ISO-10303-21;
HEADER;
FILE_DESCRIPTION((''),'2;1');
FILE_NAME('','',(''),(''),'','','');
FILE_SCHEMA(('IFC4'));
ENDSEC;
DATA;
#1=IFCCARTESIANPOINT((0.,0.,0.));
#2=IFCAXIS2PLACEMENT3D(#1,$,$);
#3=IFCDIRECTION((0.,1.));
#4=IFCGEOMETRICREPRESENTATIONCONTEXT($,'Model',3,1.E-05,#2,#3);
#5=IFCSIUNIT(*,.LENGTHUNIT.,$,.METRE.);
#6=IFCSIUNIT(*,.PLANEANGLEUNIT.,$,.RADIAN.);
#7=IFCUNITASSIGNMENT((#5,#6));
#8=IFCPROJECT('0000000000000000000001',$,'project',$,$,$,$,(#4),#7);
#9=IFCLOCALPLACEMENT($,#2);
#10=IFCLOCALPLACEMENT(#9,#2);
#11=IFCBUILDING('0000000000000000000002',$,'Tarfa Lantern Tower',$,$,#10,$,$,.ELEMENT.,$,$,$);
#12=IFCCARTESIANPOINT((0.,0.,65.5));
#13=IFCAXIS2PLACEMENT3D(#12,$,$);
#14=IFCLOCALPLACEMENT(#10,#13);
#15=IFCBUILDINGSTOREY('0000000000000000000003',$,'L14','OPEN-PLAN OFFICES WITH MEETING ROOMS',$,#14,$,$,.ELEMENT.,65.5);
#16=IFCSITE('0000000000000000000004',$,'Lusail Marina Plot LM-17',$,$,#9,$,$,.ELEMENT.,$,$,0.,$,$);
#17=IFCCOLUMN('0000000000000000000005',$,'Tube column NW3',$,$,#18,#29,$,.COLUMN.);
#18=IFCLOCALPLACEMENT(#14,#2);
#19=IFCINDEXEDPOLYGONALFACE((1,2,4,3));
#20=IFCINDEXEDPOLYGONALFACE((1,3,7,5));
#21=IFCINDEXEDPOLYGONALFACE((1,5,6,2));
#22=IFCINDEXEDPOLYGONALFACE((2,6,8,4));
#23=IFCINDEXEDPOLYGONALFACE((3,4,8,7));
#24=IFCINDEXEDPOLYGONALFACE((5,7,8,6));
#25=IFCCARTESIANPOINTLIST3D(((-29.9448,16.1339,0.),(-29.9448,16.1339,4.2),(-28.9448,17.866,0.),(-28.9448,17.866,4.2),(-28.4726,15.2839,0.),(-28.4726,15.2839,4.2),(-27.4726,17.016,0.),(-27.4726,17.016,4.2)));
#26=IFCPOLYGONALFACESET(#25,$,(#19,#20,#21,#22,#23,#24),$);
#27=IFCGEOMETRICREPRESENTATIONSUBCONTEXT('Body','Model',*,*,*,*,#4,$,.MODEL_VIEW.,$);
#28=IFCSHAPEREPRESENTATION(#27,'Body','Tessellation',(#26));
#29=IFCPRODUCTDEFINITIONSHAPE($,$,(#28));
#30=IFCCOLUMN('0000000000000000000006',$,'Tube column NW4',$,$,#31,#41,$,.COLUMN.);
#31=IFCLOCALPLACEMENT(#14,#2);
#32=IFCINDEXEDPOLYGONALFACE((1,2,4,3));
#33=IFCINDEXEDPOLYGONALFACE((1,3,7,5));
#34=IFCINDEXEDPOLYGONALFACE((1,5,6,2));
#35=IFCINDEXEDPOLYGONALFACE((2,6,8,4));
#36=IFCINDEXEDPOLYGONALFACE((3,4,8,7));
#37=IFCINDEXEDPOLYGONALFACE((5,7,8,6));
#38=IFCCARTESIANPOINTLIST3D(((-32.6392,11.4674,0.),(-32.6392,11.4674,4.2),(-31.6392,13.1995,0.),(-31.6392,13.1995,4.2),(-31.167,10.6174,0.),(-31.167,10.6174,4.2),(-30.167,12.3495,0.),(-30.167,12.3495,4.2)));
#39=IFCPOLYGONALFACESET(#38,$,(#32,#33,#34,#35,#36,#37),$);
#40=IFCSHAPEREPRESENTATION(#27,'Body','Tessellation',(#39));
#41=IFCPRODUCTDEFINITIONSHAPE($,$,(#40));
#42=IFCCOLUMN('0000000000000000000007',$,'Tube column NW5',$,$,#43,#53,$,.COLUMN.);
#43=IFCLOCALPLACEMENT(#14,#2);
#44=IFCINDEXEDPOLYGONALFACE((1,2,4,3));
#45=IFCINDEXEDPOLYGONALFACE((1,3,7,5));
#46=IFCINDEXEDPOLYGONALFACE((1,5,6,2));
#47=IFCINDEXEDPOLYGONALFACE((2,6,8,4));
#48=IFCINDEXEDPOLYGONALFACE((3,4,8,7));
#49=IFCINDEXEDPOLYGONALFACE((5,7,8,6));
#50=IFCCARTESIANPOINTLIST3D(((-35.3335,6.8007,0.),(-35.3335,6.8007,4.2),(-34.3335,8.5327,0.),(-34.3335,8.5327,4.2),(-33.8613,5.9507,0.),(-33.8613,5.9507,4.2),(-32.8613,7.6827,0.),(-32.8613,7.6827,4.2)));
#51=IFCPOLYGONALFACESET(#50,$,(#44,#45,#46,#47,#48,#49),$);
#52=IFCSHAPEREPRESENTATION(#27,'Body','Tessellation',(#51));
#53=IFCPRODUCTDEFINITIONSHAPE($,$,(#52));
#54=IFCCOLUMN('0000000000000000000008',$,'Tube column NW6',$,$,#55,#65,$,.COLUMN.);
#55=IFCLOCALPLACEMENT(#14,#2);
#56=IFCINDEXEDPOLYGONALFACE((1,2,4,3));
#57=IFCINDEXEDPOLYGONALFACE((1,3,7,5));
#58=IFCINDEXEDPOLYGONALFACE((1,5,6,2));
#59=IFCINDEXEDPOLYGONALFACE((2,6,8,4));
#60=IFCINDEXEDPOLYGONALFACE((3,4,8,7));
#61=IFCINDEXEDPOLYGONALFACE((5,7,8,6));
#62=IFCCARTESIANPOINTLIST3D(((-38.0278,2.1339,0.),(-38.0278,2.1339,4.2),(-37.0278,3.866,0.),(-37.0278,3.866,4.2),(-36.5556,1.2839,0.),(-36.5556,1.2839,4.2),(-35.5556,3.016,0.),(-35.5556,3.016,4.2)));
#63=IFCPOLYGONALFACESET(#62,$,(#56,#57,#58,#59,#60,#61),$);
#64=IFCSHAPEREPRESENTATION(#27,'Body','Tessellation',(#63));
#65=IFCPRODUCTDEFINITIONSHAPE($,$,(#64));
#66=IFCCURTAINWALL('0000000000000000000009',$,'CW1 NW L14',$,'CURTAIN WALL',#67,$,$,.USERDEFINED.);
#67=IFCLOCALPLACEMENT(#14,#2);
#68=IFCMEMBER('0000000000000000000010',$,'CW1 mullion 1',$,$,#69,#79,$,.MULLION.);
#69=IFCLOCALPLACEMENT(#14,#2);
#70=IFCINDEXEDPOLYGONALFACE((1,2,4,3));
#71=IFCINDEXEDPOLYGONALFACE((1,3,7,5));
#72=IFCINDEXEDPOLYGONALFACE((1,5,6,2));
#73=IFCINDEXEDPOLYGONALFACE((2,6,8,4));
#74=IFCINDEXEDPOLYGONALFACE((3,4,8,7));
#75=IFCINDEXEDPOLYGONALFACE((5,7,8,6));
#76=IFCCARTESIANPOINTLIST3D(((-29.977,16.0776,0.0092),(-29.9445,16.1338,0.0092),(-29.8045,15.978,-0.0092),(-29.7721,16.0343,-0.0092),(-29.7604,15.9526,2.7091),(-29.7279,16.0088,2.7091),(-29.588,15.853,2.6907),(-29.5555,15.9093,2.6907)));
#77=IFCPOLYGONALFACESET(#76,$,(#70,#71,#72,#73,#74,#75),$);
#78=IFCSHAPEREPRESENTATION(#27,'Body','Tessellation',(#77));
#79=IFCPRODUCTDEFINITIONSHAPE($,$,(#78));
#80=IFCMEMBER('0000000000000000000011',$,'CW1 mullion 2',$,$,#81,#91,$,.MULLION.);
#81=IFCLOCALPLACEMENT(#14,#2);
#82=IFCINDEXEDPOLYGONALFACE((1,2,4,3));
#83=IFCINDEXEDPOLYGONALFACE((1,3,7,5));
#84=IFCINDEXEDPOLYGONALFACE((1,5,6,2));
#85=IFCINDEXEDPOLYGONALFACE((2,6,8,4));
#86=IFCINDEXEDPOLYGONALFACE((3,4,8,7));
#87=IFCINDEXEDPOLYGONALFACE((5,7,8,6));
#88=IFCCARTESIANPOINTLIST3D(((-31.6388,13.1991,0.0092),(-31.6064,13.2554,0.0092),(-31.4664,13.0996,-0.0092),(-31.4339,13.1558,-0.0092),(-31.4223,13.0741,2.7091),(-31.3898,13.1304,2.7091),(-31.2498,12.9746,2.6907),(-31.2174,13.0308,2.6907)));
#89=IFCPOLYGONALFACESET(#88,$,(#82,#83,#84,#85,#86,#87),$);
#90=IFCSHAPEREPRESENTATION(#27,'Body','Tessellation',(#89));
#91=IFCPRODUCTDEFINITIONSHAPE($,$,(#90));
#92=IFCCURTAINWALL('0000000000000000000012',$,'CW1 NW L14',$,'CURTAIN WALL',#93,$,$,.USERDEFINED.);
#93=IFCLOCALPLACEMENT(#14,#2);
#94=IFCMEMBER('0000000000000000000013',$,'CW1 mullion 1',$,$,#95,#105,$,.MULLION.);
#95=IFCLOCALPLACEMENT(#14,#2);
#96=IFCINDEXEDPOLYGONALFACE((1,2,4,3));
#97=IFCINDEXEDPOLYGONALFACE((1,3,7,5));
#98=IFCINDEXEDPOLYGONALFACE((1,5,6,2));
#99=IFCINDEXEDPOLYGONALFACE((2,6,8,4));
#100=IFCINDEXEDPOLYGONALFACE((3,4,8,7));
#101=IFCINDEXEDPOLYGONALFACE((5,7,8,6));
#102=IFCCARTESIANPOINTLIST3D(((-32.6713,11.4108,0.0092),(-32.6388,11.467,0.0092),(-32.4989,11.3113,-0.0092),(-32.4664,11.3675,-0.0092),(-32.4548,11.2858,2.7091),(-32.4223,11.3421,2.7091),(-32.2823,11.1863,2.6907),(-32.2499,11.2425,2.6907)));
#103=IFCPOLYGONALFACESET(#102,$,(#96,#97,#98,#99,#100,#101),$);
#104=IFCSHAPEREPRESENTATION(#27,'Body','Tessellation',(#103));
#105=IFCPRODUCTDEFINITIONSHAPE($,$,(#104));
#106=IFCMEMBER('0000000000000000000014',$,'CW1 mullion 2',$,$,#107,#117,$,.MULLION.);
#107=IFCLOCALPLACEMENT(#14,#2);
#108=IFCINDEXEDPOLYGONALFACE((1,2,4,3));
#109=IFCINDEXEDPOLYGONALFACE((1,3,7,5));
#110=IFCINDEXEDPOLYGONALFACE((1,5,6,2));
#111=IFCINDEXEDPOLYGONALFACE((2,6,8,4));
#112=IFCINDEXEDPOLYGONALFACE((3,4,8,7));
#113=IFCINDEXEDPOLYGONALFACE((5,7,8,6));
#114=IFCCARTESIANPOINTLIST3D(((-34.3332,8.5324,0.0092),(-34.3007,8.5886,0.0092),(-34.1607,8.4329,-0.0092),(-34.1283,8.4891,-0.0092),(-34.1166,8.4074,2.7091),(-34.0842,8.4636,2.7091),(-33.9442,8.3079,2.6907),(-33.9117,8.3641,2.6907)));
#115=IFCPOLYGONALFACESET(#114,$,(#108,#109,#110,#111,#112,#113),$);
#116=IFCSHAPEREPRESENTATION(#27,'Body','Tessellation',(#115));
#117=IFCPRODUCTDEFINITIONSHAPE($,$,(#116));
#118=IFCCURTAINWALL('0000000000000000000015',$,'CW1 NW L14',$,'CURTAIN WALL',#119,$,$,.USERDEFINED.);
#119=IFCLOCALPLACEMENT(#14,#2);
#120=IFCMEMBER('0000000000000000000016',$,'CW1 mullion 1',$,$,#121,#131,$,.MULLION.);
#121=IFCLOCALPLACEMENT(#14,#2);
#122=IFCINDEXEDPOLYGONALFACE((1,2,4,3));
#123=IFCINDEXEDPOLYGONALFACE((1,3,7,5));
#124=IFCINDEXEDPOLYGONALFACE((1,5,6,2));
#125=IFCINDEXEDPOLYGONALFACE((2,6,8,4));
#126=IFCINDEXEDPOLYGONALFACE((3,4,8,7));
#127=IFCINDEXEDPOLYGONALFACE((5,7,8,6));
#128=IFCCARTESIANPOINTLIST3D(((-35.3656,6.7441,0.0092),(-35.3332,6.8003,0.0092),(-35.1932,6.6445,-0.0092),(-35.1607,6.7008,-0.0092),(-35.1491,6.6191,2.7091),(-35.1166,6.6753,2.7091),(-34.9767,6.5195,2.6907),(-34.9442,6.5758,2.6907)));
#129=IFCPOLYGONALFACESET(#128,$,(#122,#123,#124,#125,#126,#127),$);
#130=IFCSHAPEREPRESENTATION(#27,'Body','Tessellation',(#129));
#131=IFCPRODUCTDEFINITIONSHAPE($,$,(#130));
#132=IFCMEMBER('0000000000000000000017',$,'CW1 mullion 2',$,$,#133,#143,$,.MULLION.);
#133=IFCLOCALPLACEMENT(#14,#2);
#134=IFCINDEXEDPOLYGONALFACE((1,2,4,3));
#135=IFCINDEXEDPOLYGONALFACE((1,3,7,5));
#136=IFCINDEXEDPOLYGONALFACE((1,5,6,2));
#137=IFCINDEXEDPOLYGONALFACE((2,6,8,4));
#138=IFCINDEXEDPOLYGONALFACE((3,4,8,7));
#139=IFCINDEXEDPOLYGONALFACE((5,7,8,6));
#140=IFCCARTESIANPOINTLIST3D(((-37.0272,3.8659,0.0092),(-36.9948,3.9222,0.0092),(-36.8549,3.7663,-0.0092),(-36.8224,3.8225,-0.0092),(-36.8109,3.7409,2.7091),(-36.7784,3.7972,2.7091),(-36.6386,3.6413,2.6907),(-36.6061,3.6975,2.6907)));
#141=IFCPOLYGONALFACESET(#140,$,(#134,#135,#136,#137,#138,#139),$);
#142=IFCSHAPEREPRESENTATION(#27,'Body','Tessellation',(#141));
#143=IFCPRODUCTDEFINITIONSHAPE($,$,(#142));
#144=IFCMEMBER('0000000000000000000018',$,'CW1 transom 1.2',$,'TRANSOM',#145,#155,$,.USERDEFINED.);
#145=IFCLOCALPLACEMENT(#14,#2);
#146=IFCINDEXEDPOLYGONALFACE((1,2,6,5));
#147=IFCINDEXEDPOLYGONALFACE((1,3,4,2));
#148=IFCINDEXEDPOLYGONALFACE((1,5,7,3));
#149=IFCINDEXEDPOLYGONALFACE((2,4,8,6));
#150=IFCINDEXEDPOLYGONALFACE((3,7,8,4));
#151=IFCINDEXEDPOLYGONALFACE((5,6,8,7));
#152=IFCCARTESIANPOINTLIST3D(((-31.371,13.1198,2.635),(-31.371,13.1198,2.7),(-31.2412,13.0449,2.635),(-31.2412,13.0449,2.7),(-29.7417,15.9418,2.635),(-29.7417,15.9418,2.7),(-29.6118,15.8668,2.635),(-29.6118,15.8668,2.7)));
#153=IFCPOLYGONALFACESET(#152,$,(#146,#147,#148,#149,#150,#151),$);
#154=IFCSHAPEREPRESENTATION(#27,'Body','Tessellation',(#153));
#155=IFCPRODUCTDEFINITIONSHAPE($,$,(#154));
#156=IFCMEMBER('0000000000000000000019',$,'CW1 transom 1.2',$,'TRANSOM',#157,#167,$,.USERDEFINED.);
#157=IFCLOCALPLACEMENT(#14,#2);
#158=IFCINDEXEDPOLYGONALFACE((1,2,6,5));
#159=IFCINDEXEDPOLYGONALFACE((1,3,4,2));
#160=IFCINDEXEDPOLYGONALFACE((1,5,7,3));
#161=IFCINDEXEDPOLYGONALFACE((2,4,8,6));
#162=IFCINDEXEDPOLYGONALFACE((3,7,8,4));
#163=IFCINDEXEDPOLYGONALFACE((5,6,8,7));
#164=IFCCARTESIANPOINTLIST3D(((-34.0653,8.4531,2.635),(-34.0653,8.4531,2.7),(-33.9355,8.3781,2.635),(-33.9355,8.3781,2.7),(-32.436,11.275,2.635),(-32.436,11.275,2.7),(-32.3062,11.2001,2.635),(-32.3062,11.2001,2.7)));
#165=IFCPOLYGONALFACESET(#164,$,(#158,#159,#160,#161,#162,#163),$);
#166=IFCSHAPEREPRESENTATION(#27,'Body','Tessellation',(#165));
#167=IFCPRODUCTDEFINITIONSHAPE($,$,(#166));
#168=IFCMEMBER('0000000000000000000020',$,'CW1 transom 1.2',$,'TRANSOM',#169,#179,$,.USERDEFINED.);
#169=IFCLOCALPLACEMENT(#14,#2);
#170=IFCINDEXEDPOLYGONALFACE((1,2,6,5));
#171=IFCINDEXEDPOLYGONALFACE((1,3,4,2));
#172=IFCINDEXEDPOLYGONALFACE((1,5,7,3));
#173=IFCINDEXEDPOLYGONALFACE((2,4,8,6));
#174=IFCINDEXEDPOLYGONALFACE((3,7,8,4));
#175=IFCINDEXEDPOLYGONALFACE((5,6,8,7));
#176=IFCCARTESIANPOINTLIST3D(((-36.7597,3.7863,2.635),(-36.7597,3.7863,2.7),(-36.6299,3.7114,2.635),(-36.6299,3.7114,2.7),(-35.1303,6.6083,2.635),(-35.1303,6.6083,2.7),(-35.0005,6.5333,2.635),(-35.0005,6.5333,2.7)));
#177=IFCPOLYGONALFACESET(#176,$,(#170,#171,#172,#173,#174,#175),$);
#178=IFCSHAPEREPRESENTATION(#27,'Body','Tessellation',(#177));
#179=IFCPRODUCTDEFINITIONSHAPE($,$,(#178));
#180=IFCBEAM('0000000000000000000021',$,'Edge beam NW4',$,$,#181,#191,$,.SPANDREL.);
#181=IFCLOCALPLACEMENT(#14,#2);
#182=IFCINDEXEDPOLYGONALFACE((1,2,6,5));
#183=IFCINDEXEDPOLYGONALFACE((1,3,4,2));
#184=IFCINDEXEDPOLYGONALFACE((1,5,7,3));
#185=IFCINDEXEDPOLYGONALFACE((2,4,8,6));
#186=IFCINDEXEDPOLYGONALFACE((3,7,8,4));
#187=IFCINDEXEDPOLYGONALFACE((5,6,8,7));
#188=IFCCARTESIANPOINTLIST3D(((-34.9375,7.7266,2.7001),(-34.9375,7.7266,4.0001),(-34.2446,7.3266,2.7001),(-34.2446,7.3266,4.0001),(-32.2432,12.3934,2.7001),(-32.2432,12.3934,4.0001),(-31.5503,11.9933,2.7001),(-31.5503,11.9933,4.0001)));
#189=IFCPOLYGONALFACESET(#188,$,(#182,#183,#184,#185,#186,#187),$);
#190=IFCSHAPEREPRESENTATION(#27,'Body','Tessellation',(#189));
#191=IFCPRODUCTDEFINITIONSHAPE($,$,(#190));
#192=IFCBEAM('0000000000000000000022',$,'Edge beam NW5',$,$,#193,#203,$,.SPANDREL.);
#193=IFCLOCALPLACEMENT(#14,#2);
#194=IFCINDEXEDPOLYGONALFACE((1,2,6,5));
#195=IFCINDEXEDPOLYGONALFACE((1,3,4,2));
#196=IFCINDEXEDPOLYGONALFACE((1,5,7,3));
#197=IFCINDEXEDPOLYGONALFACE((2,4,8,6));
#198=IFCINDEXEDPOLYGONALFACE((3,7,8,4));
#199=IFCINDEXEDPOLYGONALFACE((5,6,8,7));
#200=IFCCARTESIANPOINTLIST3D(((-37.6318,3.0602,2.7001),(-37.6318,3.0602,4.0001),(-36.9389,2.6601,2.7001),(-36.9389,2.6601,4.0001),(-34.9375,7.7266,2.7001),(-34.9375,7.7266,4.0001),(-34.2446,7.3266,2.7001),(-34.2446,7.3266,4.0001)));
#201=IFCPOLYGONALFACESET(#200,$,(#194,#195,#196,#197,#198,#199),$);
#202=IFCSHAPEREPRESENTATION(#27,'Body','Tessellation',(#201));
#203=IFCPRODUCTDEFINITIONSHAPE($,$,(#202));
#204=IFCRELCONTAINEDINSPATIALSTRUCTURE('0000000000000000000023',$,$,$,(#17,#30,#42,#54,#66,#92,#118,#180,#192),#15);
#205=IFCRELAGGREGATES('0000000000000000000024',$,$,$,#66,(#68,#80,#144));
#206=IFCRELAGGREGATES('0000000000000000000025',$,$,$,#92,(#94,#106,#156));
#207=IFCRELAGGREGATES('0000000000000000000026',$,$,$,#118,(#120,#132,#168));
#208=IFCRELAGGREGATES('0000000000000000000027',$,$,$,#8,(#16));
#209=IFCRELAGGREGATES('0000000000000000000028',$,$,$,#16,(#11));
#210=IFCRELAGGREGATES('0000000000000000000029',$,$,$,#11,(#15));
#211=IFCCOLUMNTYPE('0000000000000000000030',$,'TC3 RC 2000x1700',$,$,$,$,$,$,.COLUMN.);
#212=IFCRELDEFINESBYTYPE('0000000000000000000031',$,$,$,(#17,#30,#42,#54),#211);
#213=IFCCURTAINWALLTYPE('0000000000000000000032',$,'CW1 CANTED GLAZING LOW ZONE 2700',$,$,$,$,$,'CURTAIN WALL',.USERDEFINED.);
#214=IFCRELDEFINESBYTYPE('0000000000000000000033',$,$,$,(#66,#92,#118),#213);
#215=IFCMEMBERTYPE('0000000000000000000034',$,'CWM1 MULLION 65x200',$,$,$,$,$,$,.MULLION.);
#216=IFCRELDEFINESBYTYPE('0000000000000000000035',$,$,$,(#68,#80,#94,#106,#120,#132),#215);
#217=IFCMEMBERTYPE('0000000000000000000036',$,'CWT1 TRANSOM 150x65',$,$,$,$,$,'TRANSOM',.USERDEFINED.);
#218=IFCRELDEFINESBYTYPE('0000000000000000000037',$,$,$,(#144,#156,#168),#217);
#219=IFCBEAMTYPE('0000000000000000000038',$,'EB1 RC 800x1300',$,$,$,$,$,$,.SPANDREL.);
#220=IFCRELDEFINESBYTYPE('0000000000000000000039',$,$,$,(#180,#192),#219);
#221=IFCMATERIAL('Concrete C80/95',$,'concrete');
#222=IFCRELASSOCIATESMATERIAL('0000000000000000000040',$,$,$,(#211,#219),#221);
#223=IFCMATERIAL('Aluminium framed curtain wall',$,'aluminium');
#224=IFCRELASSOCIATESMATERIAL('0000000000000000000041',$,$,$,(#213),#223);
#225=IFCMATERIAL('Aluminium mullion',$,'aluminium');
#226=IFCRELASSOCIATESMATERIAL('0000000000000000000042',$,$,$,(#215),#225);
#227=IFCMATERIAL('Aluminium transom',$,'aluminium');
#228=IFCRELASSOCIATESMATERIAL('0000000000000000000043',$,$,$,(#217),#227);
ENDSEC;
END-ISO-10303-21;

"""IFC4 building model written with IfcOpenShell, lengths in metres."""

from ifc_helpers import new_model, si_unit, direction, frame, origin, origin_2d, place, context, subcontext, project, spatial, rectangle, extrude, material, material_profile, profile_set, type_object, element, aggregate, save


model = new_model("IFC4")

# Units and contexts
model_context = context("Model", 3, precision=1e-05, world=origin(), true_north=direction((0.0, 1.0)))
body_context = subcontext(model_context, "Body", "Model", "MODEL_VIEW")
ifc_project = project(units=[si_unit("LENGTHUNIT", "METRE"), si_unit("PLANEANGLEUNIT", "RADIAN")], contexts=[model_context])

# Site, building, storey
site_placement = place(None, origin())
site = spatial("IfcSite", under=ifc_project, at=site_placement, Name="Lusail Marina Plot LM-17", CompositionType="ELEMENT", RefElevation=0.0)
building_placement = place(site_placement, origin())
building = spatial("IfcBuilding", under=site, at=building_placement, Name="Tarfa Lantern Tower", CompositionType="ELEMENT")
storey_placement = place(building_placement, frame((0.0, 0.0, 65.5)))
storey = spatial("IfcBuildingStorey", under=building, at=storey_placement, Name="L14", Description="OPEN-PLAN OFFICES WITH MEETING ROOMS", CompositionType="ELEMENT", Elevation=65.5)

# Columns
ifc_material_1 = material(Name="Concrete C80/95", Category="concrete")
ifc_material_profile_1 = material_profile(ifc_material_1, rectangle(XDim=2.0, YDim=1.7, at=origin_2d()), Name="RC 2000x1700")
ifc_profile_set_1 = profile_set([ifc_material_profile_1], Name="Concrete C80/95")
column_type = type_object("IfcColumnType", Name="TC3 RC 2000x1700", PredefinedType="COLUMN", material=ifc_profile_set_1)
for number, where, z_axis, x_axis, name in (
    (1, (-28.7087, 16.575, 0.0), (0.0, 0.0, 1.0), (-0.5, -0.866025, 0.0), "Tube column NW3"),
    (2, (-31.4031, 11.9084, 0.0), (0.0, 0.0, 1.0), (-0.5, -0.866025, 0.0), "Tube column NW4"),
    (3, (-34.0974, 7.2417, 0.0), (0.0, 0.0, 1.0), (-0.5, -0.866025, 0.0), "Tube column NW5"),
    (4, (-36.7917, 2.575, 0.0), (0.0, 0.0, 1.0), (-0.5, -0.866025, 0.0), "Tube column NW6"),
):
    element("IfcColumn", number, at=place(storey_placement, frame(where, z_axis=z_axis, x_axis=x_axis)), inside=storey, type_object=column_type, Name=name, PredefinedType="COLUMN", context=body_context, shape_type="SweptSolid", body=[
        extrude(rectangle(XDim=2.0, YDim=1.7, at=origin_2d()), origin(), (0.0, 0.0, 1.0), 4.2),
    ])

# Curtain walls, members
ifc_material_2 = material(Name="Aluminium framed curtain wall", Category="aluminium")
curtain_wall_type = type_object("IfcCurtainWallType", Name="CW1 CANTED GLAZING LOW ZONE 2700", ElementType="CURTAIN WALL", PredefinedType="USERDEFINED", material=ifc_material_2)
curtain_wall_1_placement = place(storey_placement, origin())
curtain_wall_1 = element("IfcCurtainWall", 5, at=curtain_wall_1_placement, inside=storey, type_object=curtain_wall_type, Name="CW1 NW L14", ObjectType="CURTAIN WALL", PredefinedType="USERDEFINED")
ifc_material_3 = material(Name="Aluminium mullion", Category="aluminium")
ifc_material_profile_2 = material_profile(ifc_material_3, rectangle(XDim=0.0649, YDim=0.2, at=origin_2d()), Name="AL MULLION 65x200")
ifc_profile_set_2 = profile_set([ifc_material_profile_2], Name="Aluminium mullion")
member_type_1 = type_object("IfcMemberType", Name="CWM1 MULLION 65x200", PredefinedType="MULLION", material=ifc_profile_set_2)
member_1_placement = place(storey_placement, frame((-29.8745, 16.0559, 0.0), z_axis=(0.079864, -0.0461, 0.995739), x_axis=(0.49992, 0.866072, 0.0)))
member_1 = element("IfcMember", 6, at=member_1_placement, type_object=member_type_1, Name="CW1 mullion 1", PredefinedType="MULLION", context=body_context, shape_type="SweptSolid", body=[
    extrude(rectangle(XDim=0.0649, YDim=0.2, at=origin_2d()), origin(), (0.0, 0.0, 1.0), 2.7114),
])
member_2_placement = place(storey_placement, frame((-31.5364, 13.1775, 0.0), z_axis=(0.079864, -0.0461, 0.995739), x_axis=(0.49992, 0.866072, 0.0)))
member_2 = element("IfcMember", 7, at=member_2_placement, type_object=member_type_1, Name="CW1 mullion 2", PredefinedType="MULLION", context=body_context, shape_type="SweptSolid", body=[
    extrude(rectangle(XDim=0.0649, YDim=0.2, at=origin_2d()), origin(), (0.0, 0.0, 1.0), 2.7114),
])
curtain_wall_2_placement = place(storey_placement, origin())
curtain_wall_2 = element("IfcCurtainWall", 8, at=curtain_wall_2_placement, inside=storey, type_object=curtain_wall_type, Name="CW1 NW L14", ObjectType="CURTAIN WALL", PredefinedType="USERDEFINED")
member_3_placement = place(storey_placement, frame((-32.5688, 11.3892, 0.0), z_axis=(0.079864, -0.0461, 0.995739), x_axis=(0.49992, 0.866072, 0.0)))
member_3 = element("IfcMember", 9, at=member_3_placement, type_object=member_type_1, Name="CW1 mullion 1", PredefinedType="MULLION", context=body_context, shape_type="SweptSolid", body=[
    extrude(rectangle(XDim=0.0649, YDim=0.2, at=origin_2d()), origin(), (0.0, 0.0, 1.0), 2.7114),
])
member_4_placement = place(storey_placement, frame((-34.2307, 8.5107, 0.0), z_axis=(0.079864, -0.0461, 0.995739), x_axis=(0.49992, 0.866072, 0.0)))
member_4 = element("IfcMember", 10, at=member_4_placement, type_object=member_type_1, Name="CW1 mullion 2", PredefinedType="MULLION", context=body_context, shape_type="SweptSolid", body=[
    extrude(rectangle(XDim=0.0649, YDim=0.2, at=origin_2d()), origin(), (0.0, 0.0, 1.0), 2.7114),
])
curtain_wall_3_placement = place(storey_placement, origin())
curtain_wall_3 = element("IfcCurtainWall", 11, at=curtain_wall_3_placement, inside=storey, type_object=curtain_wall_type, Name="CW1 NW L14", ObjectType="CURTAIN WALL", PredefinedType="USERDEFINED")
member_5_placement = place(storey_placement, frame((-35.2632, 6.7224, 0.0), z_axis=(0.079864, -0.0461, 0.995739), x_axis=(0.49992, 0.866072, 0.0)))
member_5 = element("IfcMember", 12, at=member_5_placement, type_object=member_type_1, Name="CW1 mullion 1", PredefinedType="MULLION", context=body_context, shape_type="SweptSolid", body=[
    extrude(rectangle(XDim=0.0649, YDim=0.2, at=origin_2d()), origin(), (0.0, 0.0, 1.0), 2.7114),
])
member_6_placement = place(storey_placement, frame((-36.9248, 3.8442, 0.0), z_axis=(0.079775, -0.0461, 0.995746), x_axis=(0.500343, 0.865827, 0.0)))
member_6 = element("IfcMember", 13, at=member_6_placement, type_object=member_type_1, Name="CW1 mullion 2", PredefinedType="MULLION", context=body_context, shape_type="SweptSolid", body=[
    extrude(rectangle(XDim=0.0649, YDim=0.2, at=origin_2d()), origin(), (0.0, 0.0, 1.0), 2.7114),
])

# Members
ifc_material_4 = material(Name="Aluminium transom", Category="aluminium")
ifc_material_profile_3 = material_profile(ifc_material_4, rectangle(XDim=0.1499, YDim=0.0649, at=origin_2d()), Name="AL TRANSOM 150x65")
ifc_profile_set_3 = profile_set([ifc_material_profile_3], Name="Aluminium transom")
member_type_2 = type_object("IfcMemberType", Name="CWT1 TRANSOM 150x65", ElementType="TRANSOM", PredefinedType="USERDEFINED", material=ifc_profile_set_3)
member_7_placement = place(storey_placement, frame((-29.6768, 15.9043, 2.6675), z_axis=(-0.500023, -0.866012, 0.0), x_axis=(0.866012, -0.500023, 0.0)))
member_7 = element("IfcMember", 14, at=member_7_placement, type_object=member_type_2, Name="CW1 transom 1.2", ObjectType="TRANSOM", PredefinedType="USERDEFINED", context=body_context, shape_type="SweptSolid", body=[
    extrude(rectangle(XDim=0.1499, YDim=0.0649, at=origin_2d()), origin(), (0.0, 0.0, 1.0), 3.2585),
])
member_8_placement = place(storey_placement, frame((-32.3711, 11.2375, 2.6675), z_axis=(-0.500023, -0.866012, 0.0), x_axis=(0.866012, -0.500023, 0.0)))
member_8 = element("IfcMember", 15, at=member_8_placement, type_object=member_type_2, Name="CW1 transom 1.2", ObjectType="TRANSOM", PredefinedType="USERDEFINED", context=body_context, shape_type="SweptSolid", body=[
    extrude(rectangle(XDim=0.1499, YDim=0.0649, at=origin_2d()), origin(), (0.0, 0.0, 1.0), 3.2585),
])
member_9_placement = place(storey_placement, frame((-35.0654, 6.5708, 2.6675), z_axis=(-0.500023, -0.866012, 0.0), x_axis=(0.866012, -0.500023, 0.0)))
member_9 = element("IfcMember", 16, at=member_9_placement, type_object=member_type_2, Name="CW1 transom 1.2", ObjectType="TRANSOM", PredefinedType="USERDEFINED", context=body_context, shape_type="SweptSolid", body=[
    extrude(rectangle(XDim=0.1499, YDim=0.0649, at=origin_2d()), origin(), (0.0, 0.0, 1.0), 3.2585),
])

# Beams
ifc_material_profile_4 = material_profile(ifc_material_1, rectangle(XDim=0.8, YDim=1.3, at=origin_2d()), Name="RC 800x1300")
ifc_profile_set_4 = profile_set([ifc_material_profile_4], Name="Concrete C80/95")
beam_type_1 = type_object("IfcBeamType", Name="EB1 RC 800x1300", PredefinedType="SPANDREL", material=ifc_profile_set_4)
beam_1_placement = place(storey_placement, frame((-31.8967, 12.1934, 3.3501), z_axis=(-0.499998, -0.866026, 0.0), x_axis=(0.866026, -0.499998, 0.0)))
element("IfcBeam", 17, at=beam_1_placement, inside=storey, type_object=beam_type_1, Name="Edge beam NW4", PredefinedType="SPANDREL", context=body_context, shape_type="SweptSolid", body=[
    extrude(rectangle(XDim=0.8, YDim=1.3, at=origin_2d()), origin(), (0.0, 0.0, 1.0), 5.3887),
])
beam_2_placement = place(storey_placement, frame((-34.5911, 7.5266, 3.3501), z_axis=(-0.500018, -0.866015, 0.0), x_axis=(0.866015, -0.500018, 0.0)))
element("IfcBeam", 18, at=beam_2_placement, inside=storey, type_object=beam_type_1, Name="Edge beam NW5", PredefinedType="SPANDREL", context=body_context, shape_type="SweptSolid", body=[
    extrude(rectangle(XDim=0.8, YDim=1.3, at=origin_2d()), origin(), (0.0, 0.0, 1.0), 5.3884),
])

aggregate(curtain_wall_1, [member_1, member_2, member_7])
aggregate(curtain_wall_2, [member_3, member_4, member_8])
aggregate(curtain_wall_3, [member_5, member_6, member_9])

save(model, "model.ifc")
